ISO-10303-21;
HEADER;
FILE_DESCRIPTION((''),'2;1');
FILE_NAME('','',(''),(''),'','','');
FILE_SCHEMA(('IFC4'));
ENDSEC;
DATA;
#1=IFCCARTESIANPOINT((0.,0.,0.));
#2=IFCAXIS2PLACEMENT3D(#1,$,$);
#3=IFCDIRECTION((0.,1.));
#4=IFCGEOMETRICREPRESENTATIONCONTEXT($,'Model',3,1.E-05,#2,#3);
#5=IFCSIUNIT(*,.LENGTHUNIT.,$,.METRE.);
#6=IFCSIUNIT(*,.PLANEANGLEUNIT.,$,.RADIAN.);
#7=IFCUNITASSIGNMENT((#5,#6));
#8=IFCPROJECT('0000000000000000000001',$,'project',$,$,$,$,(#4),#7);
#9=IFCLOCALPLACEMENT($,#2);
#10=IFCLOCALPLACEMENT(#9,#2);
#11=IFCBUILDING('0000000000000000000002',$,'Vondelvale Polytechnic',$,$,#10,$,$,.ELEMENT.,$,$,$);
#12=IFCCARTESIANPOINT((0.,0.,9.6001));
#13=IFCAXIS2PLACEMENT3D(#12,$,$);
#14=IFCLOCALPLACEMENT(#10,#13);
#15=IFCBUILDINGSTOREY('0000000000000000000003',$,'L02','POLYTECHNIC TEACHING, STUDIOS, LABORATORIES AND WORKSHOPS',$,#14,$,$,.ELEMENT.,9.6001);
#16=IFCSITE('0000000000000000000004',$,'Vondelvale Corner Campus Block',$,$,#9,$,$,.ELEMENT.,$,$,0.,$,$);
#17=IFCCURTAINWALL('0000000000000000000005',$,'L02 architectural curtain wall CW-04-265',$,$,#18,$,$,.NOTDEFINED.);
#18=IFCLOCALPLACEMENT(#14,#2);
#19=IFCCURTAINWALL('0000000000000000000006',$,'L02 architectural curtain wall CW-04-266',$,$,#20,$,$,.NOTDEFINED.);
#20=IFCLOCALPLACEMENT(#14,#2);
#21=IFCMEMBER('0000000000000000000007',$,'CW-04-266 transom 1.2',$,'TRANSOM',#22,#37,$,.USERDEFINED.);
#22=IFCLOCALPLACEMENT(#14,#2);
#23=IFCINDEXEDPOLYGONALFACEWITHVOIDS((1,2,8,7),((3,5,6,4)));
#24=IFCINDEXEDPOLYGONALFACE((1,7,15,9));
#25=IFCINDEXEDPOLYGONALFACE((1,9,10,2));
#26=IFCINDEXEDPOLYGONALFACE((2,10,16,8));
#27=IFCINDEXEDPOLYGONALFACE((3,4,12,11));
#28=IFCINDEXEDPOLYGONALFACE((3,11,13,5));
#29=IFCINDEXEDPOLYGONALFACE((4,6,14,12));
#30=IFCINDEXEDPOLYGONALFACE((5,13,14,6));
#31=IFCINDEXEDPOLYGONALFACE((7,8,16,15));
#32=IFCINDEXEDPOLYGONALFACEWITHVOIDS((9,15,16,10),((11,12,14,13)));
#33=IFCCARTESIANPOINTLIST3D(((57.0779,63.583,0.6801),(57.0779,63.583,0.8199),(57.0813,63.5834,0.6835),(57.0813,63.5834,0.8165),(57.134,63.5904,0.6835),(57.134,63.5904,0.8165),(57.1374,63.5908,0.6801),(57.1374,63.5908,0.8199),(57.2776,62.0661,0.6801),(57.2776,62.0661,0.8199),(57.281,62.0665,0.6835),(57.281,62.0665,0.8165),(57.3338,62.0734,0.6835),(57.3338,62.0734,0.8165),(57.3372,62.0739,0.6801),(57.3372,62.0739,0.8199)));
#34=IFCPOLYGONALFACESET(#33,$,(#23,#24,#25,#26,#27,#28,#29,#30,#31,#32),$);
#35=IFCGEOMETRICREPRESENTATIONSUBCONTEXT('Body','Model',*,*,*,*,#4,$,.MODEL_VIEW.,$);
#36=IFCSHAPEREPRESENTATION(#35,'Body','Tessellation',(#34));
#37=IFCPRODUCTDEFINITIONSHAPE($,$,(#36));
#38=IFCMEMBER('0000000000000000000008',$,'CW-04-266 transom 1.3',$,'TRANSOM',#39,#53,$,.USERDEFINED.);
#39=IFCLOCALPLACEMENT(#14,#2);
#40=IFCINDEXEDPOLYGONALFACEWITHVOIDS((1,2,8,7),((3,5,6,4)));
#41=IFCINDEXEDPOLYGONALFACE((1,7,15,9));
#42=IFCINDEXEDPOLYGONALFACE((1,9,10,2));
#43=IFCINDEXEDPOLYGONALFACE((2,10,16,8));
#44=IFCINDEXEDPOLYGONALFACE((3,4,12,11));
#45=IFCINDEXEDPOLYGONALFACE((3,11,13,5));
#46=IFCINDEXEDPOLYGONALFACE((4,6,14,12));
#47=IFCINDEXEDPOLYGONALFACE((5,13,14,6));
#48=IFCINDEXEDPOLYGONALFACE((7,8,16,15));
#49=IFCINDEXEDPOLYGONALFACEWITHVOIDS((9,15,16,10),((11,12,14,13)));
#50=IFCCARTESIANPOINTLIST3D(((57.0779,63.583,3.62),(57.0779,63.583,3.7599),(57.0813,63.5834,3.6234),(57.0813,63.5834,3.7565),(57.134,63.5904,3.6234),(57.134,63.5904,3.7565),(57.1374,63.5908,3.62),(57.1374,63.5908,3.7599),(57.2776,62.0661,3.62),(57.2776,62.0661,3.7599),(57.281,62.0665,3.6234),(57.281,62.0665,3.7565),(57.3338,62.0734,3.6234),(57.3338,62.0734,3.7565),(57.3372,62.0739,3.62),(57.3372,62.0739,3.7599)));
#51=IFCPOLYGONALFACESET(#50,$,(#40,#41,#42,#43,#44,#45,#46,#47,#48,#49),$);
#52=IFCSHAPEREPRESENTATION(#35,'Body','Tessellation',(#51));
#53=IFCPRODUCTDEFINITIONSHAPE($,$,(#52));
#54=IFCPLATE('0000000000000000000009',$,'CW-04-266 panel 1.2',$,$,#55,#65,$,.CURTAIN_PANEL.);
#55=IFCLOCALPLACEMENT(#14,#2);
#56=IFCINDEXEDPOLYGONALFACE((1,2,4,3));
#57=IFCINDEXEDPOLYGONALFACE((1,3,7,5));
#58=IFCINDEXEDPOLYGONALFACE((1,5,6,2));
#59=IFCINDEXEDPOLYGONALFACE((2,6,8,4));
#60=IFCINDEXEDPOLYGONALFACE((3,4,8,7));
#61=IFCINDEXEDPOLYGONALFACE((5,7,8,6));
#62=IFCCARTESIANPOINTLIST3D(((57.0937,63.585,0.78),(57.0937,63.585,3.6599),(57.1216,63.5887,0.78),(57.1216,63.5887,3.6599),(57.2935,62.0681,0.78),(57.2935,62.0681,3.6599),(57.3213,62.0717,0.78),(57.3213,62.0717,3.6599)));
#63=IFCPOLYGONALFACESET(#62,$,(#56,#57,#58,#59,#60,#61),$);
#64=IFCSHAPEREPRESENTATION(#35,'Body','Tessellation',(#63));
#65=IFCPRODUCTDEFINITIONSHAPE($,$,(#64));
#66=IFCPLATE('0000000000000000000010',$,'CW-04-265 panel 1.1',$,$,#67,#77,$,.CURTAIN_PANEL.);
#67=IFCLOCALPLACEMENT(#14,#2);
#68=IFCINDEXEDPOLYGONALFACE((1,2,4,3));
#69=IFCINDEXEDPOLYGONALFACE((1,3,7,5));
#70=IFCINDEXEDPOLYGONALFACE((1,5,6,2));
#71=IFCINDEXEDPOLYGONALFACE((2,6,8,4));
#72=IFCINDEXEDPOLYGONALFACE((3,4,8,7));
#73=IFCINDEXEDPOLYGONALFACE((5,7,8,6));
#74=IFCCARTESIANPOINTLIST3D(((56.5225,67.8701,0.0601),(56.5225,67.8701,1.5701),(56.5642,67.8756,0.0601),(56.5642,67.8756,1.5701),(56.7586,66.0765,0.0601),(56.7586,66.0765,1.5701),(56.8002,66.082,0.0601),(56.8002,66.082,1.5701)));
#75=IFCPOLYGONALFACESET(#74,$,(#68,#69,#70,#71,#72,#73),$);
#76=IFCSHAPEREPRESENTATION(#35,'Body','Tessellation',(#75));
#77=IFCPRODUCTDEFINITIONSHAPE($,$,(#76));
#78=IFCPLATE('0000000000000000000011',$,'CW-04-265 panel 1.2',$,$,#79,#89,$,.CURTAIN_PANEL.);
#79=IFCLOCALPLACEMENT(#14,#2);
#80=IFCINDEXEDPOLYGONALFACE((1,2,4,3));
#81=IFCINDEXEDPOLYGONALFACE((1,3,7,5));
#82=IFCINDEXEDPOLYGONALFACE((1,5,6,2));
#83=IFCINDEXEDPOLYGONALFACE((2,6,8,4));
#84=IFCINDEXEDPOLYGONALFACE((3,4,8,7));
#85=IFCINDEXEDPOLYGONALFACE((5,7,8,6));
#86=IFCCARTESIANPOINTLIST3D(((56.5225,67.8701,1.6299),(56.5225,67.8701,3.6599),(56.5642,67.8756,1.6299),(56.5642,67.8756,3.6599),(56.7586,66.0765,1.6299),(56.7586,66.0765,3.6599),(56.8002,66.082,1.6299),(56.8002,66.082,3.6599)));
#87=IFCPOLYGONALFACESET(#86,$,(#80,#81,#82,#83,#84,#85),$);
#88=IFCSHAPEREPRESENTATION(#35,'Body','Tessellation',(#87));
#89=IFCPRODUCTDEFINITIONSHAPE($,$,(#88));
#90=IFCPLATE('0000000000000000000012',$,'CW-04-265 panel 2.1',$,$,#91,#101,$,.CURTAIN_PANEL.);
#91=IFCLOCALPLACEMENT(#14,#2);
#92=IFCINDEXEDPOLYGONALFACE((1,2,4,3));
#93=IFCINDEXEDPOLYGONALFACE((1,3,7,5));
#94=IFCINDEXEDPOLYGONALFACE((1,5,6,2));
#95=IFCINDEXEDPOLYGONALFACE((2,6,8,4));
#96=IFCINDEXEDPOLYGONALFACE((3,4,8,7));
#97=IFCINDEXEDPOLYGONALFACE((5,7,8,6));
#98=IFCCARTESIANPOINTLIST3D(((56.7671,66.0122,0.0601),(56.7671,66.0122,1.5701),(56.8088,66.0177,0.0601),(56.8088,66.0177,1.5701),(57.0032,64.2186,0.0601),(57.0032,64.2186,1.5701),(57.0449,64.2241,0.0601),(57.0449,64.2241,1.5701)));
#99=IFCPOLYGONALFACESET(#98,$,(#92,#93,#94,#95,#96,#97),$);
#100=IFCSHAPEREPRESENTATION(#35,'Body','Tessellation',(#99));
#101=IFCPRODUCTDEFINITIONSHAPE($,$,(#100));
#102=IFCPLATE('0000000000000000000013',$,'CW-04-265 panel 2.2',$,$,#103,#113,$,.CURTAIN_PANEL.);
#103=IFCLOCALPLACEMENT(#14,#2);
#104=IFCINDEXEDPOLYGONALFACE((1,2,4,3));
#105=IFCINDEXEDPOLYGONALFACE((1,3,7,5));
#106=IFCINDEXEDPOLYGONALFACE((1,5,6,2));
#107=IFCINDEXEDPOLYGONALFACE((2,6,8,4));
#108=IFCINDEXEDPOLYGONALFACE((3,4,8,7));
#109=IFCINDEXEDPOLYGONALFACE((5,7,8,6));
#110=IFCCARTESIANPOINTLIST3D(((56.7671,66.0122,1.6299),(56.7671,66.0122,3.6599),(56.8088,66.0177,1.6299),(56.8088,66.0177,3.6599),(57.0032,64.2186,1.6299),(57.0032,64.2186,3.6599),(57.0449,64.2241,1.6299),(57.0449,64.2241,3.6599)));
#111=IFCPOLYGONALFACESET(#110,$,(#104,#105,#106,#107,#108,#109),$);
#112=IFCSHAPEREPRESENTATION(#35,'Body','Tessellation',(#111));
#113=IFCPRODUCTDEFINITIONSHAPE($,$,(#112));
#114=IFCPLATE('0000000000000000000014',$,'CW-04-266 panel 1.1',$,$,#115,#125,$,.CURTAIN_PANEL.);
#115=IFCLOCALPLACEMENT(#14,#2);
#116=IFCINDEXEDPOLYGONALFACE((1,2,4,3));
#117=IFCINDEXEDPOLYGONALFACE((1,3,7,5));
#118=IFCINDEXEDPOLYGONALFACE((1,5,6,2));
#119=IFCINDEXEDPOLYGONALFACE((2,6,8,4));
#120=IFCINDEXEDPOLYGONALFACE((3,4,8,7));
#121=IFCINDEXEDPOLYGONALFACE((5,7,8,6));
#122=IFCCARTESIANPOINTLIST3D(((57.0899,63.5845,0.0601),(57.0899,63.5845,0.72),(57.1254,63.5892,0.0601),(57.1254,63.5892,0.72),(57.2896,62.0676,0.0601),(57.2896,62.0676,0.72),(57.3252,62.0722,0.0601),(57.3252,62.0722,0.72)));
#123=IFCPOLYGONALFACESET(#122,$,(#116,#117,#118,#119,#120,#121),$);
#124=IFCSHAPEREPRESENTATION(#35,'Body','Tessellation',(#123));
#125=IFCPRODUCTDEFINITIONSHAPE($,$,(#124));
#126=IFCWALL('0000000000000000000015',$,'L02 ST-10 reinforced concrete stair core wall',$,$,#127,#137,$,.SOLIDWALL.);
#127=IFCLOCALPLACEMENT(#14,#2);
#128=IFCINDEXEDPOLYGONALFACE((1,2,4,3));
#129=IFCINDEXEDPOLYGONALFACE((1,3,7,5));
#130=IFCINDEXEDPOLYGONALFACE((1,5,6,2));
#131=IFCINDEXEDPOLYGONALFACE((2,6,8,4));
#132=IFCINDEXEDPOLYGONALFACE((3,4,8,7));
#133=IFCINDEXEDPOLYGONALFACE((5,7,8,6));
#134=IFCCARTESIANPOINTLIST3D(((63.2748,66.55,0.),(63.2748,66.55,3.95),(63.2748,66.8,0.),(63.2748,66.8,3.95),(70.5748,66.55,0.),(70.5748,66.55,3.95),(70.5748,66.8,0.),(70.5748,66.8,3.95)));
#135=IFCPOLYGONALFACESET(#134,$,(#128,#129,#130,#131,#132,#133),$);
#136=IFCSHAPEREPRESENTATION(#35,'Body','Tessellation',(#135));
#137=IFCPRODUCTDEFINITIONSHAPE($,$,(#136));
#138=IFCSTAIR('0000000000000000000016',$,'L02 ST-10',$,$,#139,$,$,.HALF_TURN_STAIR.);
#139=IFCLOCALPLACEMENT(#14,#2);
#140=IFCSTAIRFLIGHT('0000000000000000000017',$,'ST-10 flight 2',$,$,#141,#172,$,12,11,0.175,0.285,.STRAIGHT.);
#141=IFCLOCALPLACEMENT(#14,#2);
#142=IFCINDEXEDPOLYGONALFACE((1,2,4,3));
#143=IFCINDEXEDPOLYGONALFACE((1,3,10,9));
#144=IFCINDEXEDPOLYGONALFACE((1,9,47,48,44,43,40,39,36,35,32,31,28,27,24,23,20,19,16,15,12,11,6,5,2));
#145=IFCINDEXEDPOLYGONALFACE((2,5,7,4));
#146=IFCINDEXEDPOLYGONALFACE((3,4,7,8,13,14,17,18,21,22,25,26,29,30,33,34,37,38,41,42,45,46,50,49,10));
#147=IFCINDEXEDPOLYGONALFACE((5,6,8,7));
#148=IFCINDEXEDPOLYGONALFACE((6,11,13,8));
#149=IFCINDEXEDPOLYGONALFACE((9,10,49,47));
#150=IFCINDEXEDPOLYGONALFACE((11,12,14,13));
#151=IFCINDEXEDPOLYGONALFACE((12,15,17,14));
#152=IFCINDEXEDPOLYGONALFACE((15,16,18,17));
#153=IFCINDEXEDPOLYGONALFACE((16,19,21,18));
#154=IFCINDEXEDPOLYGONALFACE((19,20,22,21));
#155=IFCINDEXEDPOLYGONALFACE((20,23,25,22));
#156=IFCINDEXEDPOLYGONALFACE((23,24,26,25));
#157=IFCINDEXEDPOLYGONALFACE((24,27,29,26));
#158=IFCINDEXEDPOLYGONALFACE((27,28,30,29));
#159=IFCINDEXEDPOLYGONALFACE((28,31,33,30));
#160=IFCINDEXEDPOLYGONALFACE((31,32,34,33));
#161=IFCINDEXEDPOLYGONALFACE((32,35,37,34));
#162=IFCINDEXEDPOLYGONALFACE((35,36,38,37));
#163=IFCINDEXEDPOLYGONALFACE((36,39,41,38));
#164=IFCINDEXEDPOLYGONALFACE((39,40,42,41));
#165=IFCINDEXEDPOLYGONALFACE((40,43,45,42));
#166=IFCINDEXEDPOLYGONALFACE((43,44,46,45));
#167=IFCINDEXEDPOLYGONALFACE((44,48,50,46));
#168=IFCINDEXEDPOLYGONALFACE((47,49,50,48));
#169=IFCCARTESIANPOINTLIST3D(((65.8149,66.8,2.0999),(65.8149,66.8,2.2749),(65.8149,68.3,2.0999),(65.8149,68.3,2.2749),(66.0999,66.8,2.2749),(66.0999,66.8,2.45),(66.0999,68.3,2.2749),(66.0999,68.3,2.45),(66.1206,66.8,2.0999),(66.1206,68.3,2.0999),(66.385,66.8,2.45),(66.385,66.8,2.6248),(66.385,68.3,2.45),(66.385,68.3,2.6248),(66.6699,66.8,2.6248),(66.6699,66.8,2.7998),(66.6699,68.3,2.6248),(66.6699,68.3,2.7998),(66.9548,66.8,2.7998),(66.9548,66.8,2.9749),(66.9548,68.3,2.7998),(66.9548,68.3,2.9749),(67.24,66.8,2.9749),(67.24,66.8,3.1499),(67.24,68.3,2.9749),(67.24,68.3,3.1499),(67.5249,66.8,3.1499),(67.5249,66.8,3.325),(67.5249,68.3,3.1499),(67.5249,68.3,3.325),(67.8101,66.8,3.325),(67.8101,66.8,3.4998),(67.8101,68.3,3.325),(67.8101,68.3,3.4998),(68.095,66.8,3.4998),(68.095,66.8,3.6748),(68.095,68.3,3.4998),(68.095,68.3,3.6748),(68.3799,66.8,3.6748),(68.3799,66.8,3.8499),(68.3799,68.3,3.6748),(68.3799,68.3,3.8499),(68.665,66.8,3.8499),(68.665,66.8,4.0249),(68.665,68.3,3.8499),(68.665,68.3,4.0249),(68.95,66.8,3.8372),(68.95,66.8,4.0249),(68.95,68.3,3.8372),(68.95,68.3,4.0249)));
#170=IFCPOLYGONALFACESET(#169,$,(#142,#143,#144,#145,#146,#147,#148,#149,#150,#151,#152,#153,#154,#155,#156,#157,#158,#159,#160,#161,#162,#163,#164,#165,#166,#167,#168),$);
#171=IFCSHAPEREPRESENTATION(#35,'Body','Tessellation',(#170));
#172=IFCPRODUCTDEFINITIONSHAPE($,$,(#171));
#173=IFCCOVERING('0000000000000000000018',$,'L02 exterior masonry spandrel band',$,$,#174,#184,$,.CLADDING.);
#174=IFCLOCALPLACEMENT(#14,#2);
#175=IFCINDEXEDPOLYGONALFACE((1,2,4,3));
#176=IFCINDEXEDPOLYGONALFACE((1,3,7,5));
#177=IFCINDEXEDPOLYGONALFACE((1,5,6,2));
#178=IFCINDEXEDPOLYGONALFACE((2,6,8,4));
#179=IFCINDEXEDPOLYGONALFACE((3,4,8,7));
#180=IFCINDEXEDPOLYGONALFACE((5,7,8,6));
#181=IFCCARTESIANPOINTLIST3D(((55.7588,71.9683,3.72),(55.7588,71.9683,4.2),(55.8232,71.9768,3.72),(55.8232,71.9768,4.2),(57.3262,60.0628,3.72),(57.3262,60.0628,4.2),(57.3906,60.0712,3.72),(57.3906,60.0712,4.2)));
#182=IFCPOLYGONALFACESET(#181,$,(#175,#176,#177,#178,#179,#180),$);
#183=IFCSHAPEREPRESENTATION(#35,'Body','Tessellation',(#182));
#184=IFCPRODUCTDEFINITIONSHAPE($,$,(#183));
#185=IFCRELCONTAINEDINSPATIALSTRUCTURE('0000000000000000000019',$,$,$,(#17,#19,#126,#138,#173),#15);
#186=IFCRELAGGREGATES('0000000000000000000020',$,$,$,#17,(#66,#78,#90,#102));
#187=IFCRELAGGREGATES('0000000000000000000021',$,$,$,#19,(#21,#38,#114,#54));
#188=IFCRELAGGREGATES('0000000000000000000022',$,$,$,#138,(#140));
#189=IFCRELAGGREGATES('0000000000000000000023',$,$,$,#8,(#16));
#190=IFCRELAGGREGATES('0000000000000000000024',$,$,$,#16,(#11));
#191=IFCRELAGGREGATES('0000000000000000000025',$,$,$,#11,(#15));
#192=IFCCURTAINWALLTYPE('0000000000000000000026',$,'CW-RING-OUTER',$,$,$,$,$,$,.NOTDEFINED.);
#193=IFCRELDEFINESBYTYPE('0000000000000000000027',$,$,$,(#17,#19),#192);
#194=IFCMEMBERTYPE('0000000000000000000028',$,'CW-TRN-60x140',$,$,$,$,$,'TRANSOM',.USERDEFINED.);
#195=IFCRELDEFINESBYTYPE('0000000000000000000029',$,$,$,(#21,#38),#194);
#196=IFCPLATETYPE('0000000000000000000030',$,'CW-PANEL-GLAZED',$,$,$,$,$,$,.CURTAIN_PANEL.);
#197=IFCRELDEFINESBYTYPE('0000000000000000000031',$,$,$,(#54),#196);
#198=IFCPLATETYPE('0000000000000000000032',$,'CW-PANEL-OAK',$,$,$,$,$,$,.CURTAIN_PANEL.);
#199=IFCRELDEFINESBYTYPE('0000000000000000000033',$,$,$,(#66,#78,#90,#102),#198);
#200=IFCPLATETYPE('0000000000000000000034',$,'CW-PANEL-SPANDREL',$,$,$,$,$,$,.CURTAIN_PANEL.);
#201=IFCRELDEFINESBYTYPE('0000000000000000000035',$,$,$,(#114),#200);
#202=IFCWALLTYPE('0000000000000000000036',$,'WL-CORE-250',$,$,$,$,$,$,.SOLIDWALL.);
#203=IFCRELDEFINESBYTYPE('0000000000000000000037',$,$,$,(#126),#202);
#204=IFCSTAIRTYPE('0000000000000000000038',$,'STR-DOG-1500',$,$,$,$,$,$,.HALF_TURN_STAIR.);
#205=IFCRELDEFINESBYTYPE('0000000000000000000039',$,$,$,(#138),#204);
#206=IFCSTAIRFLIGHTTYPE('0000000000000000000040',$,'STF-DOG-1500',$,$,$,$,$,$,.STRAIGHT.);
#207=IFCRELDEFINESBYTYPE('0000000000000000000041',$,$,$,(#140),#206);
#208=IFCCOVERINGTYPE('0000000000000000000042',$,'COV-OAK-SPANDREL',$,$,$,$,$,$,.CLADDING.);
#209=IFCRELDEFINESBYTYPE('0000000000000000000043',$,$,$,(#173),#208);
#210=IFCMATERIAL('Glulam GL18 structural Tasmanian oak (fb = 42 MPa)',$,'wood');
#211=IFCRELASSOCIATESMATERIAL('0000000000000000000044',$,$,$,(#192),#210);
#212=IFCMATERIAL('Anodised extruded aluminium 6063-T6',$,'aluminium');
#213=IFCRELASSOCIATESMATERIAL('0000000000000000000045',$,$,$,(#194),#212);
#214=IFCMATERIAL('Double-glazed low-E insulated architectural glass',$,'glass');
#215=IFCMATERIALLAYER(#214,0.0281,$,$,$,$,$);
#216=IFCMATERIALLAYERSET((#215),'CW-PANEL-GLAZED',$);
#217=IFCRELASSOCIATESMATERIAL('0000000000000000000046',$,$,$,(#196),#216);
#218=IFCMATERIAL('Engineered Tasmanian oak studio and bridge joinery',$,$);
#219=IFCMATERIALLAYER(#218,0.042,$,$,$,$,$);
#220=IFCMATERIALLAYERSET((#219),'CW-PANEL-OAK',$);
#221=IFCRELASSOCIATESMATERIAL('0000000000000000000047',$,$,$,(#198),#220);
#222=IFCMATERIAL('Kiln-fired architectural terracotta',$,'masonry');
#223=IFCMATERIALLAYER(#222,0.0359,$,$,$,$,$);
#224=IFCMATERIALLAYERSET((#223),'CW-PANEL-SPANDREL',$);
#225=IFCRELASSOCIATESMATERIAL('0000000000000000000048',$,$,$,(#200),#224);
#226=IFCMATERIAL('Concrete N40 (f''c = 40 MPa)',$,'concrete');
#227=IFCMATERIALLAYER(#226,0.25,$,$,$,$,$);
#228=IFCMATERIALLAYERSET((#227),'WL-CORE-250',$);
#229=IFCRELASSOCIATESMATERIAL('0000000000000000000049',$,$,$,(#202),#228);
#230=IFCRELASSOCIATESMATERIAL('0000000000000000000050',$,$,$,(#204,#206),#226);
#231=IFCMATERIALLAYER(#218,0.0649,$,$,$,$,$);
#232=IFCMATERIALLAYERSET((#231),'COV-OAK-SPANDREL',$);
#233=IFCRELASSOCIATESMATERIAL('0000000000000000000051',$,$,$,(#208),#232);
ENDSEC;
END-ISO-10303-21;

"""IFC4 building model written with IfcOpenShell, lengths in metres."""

from ifc_helpers import new_model, si_unit, direction, frame, frame_2d, origin, origin_2d, place, context, subcontext, project, spatial, polyline, rectangle, hollow_rectangle, outline, extrude, material, layer, layer_set, material_profile, profile_set, type_object, element, aggregate, save


model = new_model("IFC4")

# Units and contexts
model_context = context("Model", 3, precision=1e-05, world=origin(), true_north=direction((0.0, 1.0)))
body_context = subcontext(model_context, "Body", "Model", "MODEL_VIEW")
ifc_project = project(units=[si_unit("LENGTHUNIT", "METRE"), si_unit("PLANEANGLEUNIT", "RADIAN")], contexts=[model_context])

# Site, building, storey
site_placement = place(None, origin())
site = spatial("IfcSite", under=ifc_project, at=site_placement, Name="Vondelvale Corner Campus Block", CompositionType="ELEMENT", RefElevation=0.0)
building_placement = place(site_placement, origin())
building = spatial("IfcBuilding", under=site, at=building_placement, Name="Vondelvale Polytechnic", CompositionType="ELEMENT")
storey_placement = place(building_placement, frame((0.0, 0.0, 9.6001)))
storey = spatial("IfcBuildingStorey", under=building, at=storey_placement, Name="L02", Description="POLYTECHNIC TEACHING, STUDIOS, LABORATORIES AND WORKSHOPS", CompositionType="ELEMENT", Elevation=9.6001)

# Shared definitions
ifc_material_1 = material(Name="Glulam GL18 structural Tasmanian oak (fb = 42 MPa)", Category="wood")

# Curtain walls
curtain_wall_type = type_object("IfcCurtainWallType", Name="CW-RING-OUTER", PredefinedType="NOTDEFINED", material=ifc_material_1)
curtain_wall_1_placement = place(storey_placement, origin())
curtain_wall_1 = element("IfcCurtainWall", 1, at=curtain_wall_1_placement, inside=storey, type_object=curtain_wall_type, Name="L02 architectural curtain wall CW-04-265", PredefinedType="NOTDEFINED")
ifc_material_2 = material(Name="Anodised extruded aluminium 6063-T6", Category="aluminium")
curtain_wall_2_placement = place(storey_placement, origin())
curtain_wall_2 = element("IfcCurtainWall", 2, at=curtain_wall_2_placement, inside=storey, type_object=curtain_wall_type, Name="L02 architectural curtain wall CW-04-266", PredefinedType="NOTDEFINED")

# Members
ifc_material_profile_1 = material_profile(ifc_material_2, hollow_rectangle(XDim=0.0601, YDim=0.1399, WallThickness=0.0034, at=origin_2d()), Name="CW-TRN-140x60")
ifc_profile_set_1 = profile_set([ifc_material_profile_1], Name="Anodised extruded aluminium 6063-T6")
member_type_1 = type_object("IfcMemberType", Name="CW-TRN-60x140", ElementType="TRANSOM", PredefinedType="USERDEFINED", material=ifc_profile_set_1)
member_1_placement = place(storey_placement, frame((57.1077, 63.5869, 0.75), z_axis=(0.130533, -0.991444, 0.0), x_axis=(0.991444, 0.130533, 0.0)))
member_1 = element("IfcMember", 3, at=member_1_placement, type_object=member_type_1, Name="CW-04-266 transom 1.2", ObjectType="TRANSOM", PredefinedType="USERDEFINED", context=body_context, shape_type="SweptSolid", body=[
    extrude(hollow_rectangle(XDim=0.0601, YDim=0.1399, WallThickness=0.0034, at=origin_2d()), origin(), (0.0, 0.0, 1.0), 1.53),
])
member_2_placement = place(storey_placement, frame((57.1077, 63.5869, 3.6899), z_axis=(0.130533, -0.991444, 0.0), x_axis=(0.991444, 0.130533, 0.0)))
member_2 = element("IfcMember", 4, at=member_2_placement, type_object=member_type_1, Name="CW-04-266 transom 1.3", ObjectType="TRANSOM", PredefinedType="USERDEFINED", context=body_context, shape_type="SweptSolid", body=[
    extrude(hollow_rectangle(XDim=0.0601, YDim=0.1399, WallThickness=0.0034, at=origin_2d()), origin(), (0.0, 0.0, 1.0), 1.53),
])

# Plates
ifc_material_3 = material(Name="Double-glazed low-E insulated architectural glass", Category="glass")
ifc_layer_1 = layer(ifc_material_3, 0.0281)
ifc_layer_set_1 = layer_set([ifc_layer_1], Name="CW-PANEL-GLAZED")
plate_type_1 = type_object("IfcPlateType", Name="CW-PANEL-GLAZED", PredefinedType="CURTAIN_PANEL", material=ifc_layer_set_1)
plate_1_placement = place(storey_placement, frame((57.2075, 62.8284, 0.78), z_axis=(0.0, 0.0, 1.0), x_axis=(0.13054, -0.991443, 0.0)))
plate_1 = element("IfcPlate", 5, at=plate_1_placement, type_object=plate_type_1, Name="CW-04-266 panel 1.2", PredefinedType="CURTAIN_PANEL", context=body_context, shape_type="SweptSolid", body=[
    extrude(rectangle(XDim=1.53, YDim=0.0281, at=origin_2d()), origin(), (0.0, 0.0, 1.0), 2.8799),
])
ifc_material_4 = material(Name="Engineered Tasmanian oak studio and bridge joinery")
ifc_layer_2 = layer(ifc_material_4, 0.042)
ifc_layer_set_2 = layer_set([ifc_layer_2], Name="CW-PANEL-OAK")
plate_type_2 = type_object("IfcPlateType", Name="CW-PANEL-OAK", PredefinedType="CURTAIN_PANEL", material=ifc_layer_set_2)
plate_2_placement = place(storey_placement, frame((56.6614, 66.9761, 0.0601), z_axis=(0.0, 0.0, 1.0), x_axis=(0.130497, -0.991449, 0.0)))
plate_2 = element("IfcPlate", 6, at=plate_2_placement, type_object=plate_type_2, Name="CW-04-265 panel 1.1", PredefinedType="CURTAIN_PANEL", context=body_context, shape_type="SweptSolid", body=[
    extrude(rectangle(XDim=1.8091, YDim=0.042, at=origin_2d()), origin(), (0.0, 0.0, 1.0), 1.51),
])
plate_3_placement = place(storey_placement, frame((56.6614, 66.9761, 1.6299), z_axis=(0.0, 0.0, 1.0), x_axis=(0.130497, -0.991449, 0.0)))
plate_3 = element("IfcPlate", 7, at=plate_3_placement, type_object=plate_type_2, Name="CW-04-265 panel 1.2", PredefinedType="CURTAIN_PANEL", context=body_context, shape_type="SweptSolid", body=[
    extrude(rectangle(XDim=1.8091, YDim=0.042, at=origin_2d()), origin(), (0.0, 0.0, 1.0), 2.03),
])
plate_4_placement = place(storey_placement, frame((56.906, 65.1182, 0.0601), z_axis=(0.0, 0.0, 1.0), x_axis=(0.130497, -0.991449, 0.0)))
plate_4 = element("IfcPlate", 8, at=plate_4_placement, type_object=plate_type_2, Name="CW-04-265 panel 2.1", PredefinedType="CURTAIN_PANEL", context=body_context, shape_type="SweptSolid", body=[
    extrude(rectangle(XDim=1.8091, YDim=0.042, at=origin_2d()), origin(), (0.0, 0.0, 1.0), 1.51),
])
plate_5_placement = place(storey_placement, frame((56.906, 65.1182, 1.6299), z_axis=(0.0, 0.0, 1.0), x_axis=(0.130497, -0.991449, 0.0)))
plate_5 = element("IfcPlate", 9, at=plate_5_placement, type_object=plate_type_2, Name="CW-04-265 panel 2.2", PredefinedType="CURTAIN_PANEL", context=body_context, shape_type="SweptSolid", body=[
    extrude(rectangle(XDim=1.8091, YDim=0.042, at=origin_2d()), origin(), (0.0, 0.0, 1.0), 2.03),
])
aggregate(curtain_wall_1, [plate_2, plate_3, plate_4, plate_5])
ifc_material_5 = material(Name="Kiln-fired architectural terracotta", Category="masonry")
ifc_layer_3 = layer(ifc_material_5, 0.0359)
ifc_layer_set_3 = layer_set([ifc_layer_3], Name="CW-PANEL-SPANDREL")
plate_type_3 = type_object("IfcPlateType", Name="CW-PANEL-SPANDREL", PredefinedType="CURTAIN_PANEL", material=ifc_layer_set_3)
plate_6_placement = place(storey_placement, frame((57.2075, 62.8284, 0.0601), z_axis=(0.0, 0.0, 1.0), x_axis=(0.13054, -0.991443, 0.0)))
plate_6 = element("IfcPlate", 10, at=plate_6_placement, type_object=plate_type_3, Name="CW-04-266 panel 1.1", PredefinedType="CURTAIN_PANEL", context=body_context, shape_type="SweptSolid", body=[
    extrude(rectangle(XDim=1.53, YDim=0.0359, at=origin_2d()), origin(), (0.0, 0.0, 1.0), 0.6599),
])
aggregate(curtain_wall_2, [member_1, member_2, plate_6, plate_1])

# Wall
ifc_material_6 = material(Name="Concrete N40 (f'c = 40 MPa)", Category="concrete")
ifc_layer_4 = layer(ifc_material_6, 0.25)
ifc_layer_set_4 = layer_set([ifc_layer_4], Name="WL-CORE-250")
wall_type = type_object("IfcWallType", Name="WL-CORE-250", PredefinedType="SOLIDWALL", material=ifc_layer_set_4)
wall_placement = place(storey_placement, frame((63.2749, 66.675, 0.0), z_axis=(0.0, 0.0, 1.0), x_axis=(1.0, 0.0, 0.0)))
element("IfcWall", 11, at=wall_placement, inside=storey, type_object=wall_type, Name="L02 ST-10 reinforced concrete stair core wall", PredefinedType="SOLIDWALL", context=body_context, shape_type="SweptSolid", body=[
    extrude(rectangle(XDim=7.3, YDim=0.25, at=frame_2d((3.6499, 0.0))), origin(), (0.0, 0.0, 1.0), 3.95),
])

# Stair, stair flight
stair_type = type_object("IfcStairType", Name="STR-DOG-1500", PredefinedType="HALF_TURN_STAIR", material=ifc_material_6)
stair_placement = place(storey_placement, origin())
stair = element("IfcStair", 12, at=stair_placement, inside=storey, type_object=stair_type, Name="L02 ST-10", PredefinedType="HALF_TURN_STAIR")
stair_flight_type = type_object("IfcStairFlightType", Name="STF-DOG-1500", PredefinedType="STRAIGHT", material=ifc_material_6)
stair_flight_placement = place(storey_placement, frame((65.8149, 67.55, 2.0999), z_axis=(0.0, 0.0, 1.0), x_axis=(1.0, 0.0, 0.0)))
stair_flight = element("IfcStairFlight", 13, at=stair_flight_placement, type_object=stair_flight_type, Name="ST-10 flight 2", NumberOfRisers=12, NumberOfTreads=11, PredefinedType="STRAIGHT", RiserHeight=0.175, TreadLength=0.285, context=body_context, shape_type="SweptSolid", body=[
    extrude(outline(polyline([(0.0, 0.0), (0.0, 0.175), (0.2849, 0.175), (0.2849, 0.3501), (0.5701, 0.3501), (0.5701, 0.5249), (0.855, 0.5249), (0.855, 0.7), (1.1399, 0.7), (1.1399, 0.875), (1.425, 0.875), (1.425, 1.05), (1.71, 1.05), (1.71, 1.2251), (1.9951, 1.2251), (1.9951, 1.3999), (2.28, 1.3999), (2.28, 1.575), (2.5649, 1.575), (2.5649, 1.75), (2.8501, 1.75), (2.8501, 1.925), (3.135, 1.925), (3.135, 2.1001), (3.135, 1.7373), (0.3057, 0.0), (0.0, 0.0)])), frame((0.0, 0.75, 0.0), z_axis=(0.0, -1.0, 0.0), x_axis=(1.0, 0.0, 0.0)), (0.0, 0.0, 1.0), 1.5),
])
aggregate(stair, [stair_flight])

# Covering
ifc_layer_5 = layer(ifc_material_4, 0.0649)
ifc_layer_set_5 = layer_set([ifc_layer_5], Name="COV-OAK-SPANDREL")
covering_type = type_object("IfcCoveringType", Name="COV-OAK-SPANDREL", PredefinedType="CLADDING", material=ifc_layer_set_5)
covering_placement = place(storey_placement, frame((56.5747, 66.0198, 3.72), z_axis=(0.0, 0.0, 1.0), x_axis=(0.130526, -0.991445, 0.0)))
element("IfcCovering", 14, at=covering_placement, inside=storey, type_object=covering_type, Name="L02 exterior masonry spandrel band", PredefinedType="CLADDING", context=body_context, shape_type="SweptSolid", body=[
    extrude(rectangle(XDim=12.0083, YDim=0.0649, at=origin_2d()), origin(), (0.0, 0.0, 1.0), 0.48),
])

save(model, "model.ifc")
